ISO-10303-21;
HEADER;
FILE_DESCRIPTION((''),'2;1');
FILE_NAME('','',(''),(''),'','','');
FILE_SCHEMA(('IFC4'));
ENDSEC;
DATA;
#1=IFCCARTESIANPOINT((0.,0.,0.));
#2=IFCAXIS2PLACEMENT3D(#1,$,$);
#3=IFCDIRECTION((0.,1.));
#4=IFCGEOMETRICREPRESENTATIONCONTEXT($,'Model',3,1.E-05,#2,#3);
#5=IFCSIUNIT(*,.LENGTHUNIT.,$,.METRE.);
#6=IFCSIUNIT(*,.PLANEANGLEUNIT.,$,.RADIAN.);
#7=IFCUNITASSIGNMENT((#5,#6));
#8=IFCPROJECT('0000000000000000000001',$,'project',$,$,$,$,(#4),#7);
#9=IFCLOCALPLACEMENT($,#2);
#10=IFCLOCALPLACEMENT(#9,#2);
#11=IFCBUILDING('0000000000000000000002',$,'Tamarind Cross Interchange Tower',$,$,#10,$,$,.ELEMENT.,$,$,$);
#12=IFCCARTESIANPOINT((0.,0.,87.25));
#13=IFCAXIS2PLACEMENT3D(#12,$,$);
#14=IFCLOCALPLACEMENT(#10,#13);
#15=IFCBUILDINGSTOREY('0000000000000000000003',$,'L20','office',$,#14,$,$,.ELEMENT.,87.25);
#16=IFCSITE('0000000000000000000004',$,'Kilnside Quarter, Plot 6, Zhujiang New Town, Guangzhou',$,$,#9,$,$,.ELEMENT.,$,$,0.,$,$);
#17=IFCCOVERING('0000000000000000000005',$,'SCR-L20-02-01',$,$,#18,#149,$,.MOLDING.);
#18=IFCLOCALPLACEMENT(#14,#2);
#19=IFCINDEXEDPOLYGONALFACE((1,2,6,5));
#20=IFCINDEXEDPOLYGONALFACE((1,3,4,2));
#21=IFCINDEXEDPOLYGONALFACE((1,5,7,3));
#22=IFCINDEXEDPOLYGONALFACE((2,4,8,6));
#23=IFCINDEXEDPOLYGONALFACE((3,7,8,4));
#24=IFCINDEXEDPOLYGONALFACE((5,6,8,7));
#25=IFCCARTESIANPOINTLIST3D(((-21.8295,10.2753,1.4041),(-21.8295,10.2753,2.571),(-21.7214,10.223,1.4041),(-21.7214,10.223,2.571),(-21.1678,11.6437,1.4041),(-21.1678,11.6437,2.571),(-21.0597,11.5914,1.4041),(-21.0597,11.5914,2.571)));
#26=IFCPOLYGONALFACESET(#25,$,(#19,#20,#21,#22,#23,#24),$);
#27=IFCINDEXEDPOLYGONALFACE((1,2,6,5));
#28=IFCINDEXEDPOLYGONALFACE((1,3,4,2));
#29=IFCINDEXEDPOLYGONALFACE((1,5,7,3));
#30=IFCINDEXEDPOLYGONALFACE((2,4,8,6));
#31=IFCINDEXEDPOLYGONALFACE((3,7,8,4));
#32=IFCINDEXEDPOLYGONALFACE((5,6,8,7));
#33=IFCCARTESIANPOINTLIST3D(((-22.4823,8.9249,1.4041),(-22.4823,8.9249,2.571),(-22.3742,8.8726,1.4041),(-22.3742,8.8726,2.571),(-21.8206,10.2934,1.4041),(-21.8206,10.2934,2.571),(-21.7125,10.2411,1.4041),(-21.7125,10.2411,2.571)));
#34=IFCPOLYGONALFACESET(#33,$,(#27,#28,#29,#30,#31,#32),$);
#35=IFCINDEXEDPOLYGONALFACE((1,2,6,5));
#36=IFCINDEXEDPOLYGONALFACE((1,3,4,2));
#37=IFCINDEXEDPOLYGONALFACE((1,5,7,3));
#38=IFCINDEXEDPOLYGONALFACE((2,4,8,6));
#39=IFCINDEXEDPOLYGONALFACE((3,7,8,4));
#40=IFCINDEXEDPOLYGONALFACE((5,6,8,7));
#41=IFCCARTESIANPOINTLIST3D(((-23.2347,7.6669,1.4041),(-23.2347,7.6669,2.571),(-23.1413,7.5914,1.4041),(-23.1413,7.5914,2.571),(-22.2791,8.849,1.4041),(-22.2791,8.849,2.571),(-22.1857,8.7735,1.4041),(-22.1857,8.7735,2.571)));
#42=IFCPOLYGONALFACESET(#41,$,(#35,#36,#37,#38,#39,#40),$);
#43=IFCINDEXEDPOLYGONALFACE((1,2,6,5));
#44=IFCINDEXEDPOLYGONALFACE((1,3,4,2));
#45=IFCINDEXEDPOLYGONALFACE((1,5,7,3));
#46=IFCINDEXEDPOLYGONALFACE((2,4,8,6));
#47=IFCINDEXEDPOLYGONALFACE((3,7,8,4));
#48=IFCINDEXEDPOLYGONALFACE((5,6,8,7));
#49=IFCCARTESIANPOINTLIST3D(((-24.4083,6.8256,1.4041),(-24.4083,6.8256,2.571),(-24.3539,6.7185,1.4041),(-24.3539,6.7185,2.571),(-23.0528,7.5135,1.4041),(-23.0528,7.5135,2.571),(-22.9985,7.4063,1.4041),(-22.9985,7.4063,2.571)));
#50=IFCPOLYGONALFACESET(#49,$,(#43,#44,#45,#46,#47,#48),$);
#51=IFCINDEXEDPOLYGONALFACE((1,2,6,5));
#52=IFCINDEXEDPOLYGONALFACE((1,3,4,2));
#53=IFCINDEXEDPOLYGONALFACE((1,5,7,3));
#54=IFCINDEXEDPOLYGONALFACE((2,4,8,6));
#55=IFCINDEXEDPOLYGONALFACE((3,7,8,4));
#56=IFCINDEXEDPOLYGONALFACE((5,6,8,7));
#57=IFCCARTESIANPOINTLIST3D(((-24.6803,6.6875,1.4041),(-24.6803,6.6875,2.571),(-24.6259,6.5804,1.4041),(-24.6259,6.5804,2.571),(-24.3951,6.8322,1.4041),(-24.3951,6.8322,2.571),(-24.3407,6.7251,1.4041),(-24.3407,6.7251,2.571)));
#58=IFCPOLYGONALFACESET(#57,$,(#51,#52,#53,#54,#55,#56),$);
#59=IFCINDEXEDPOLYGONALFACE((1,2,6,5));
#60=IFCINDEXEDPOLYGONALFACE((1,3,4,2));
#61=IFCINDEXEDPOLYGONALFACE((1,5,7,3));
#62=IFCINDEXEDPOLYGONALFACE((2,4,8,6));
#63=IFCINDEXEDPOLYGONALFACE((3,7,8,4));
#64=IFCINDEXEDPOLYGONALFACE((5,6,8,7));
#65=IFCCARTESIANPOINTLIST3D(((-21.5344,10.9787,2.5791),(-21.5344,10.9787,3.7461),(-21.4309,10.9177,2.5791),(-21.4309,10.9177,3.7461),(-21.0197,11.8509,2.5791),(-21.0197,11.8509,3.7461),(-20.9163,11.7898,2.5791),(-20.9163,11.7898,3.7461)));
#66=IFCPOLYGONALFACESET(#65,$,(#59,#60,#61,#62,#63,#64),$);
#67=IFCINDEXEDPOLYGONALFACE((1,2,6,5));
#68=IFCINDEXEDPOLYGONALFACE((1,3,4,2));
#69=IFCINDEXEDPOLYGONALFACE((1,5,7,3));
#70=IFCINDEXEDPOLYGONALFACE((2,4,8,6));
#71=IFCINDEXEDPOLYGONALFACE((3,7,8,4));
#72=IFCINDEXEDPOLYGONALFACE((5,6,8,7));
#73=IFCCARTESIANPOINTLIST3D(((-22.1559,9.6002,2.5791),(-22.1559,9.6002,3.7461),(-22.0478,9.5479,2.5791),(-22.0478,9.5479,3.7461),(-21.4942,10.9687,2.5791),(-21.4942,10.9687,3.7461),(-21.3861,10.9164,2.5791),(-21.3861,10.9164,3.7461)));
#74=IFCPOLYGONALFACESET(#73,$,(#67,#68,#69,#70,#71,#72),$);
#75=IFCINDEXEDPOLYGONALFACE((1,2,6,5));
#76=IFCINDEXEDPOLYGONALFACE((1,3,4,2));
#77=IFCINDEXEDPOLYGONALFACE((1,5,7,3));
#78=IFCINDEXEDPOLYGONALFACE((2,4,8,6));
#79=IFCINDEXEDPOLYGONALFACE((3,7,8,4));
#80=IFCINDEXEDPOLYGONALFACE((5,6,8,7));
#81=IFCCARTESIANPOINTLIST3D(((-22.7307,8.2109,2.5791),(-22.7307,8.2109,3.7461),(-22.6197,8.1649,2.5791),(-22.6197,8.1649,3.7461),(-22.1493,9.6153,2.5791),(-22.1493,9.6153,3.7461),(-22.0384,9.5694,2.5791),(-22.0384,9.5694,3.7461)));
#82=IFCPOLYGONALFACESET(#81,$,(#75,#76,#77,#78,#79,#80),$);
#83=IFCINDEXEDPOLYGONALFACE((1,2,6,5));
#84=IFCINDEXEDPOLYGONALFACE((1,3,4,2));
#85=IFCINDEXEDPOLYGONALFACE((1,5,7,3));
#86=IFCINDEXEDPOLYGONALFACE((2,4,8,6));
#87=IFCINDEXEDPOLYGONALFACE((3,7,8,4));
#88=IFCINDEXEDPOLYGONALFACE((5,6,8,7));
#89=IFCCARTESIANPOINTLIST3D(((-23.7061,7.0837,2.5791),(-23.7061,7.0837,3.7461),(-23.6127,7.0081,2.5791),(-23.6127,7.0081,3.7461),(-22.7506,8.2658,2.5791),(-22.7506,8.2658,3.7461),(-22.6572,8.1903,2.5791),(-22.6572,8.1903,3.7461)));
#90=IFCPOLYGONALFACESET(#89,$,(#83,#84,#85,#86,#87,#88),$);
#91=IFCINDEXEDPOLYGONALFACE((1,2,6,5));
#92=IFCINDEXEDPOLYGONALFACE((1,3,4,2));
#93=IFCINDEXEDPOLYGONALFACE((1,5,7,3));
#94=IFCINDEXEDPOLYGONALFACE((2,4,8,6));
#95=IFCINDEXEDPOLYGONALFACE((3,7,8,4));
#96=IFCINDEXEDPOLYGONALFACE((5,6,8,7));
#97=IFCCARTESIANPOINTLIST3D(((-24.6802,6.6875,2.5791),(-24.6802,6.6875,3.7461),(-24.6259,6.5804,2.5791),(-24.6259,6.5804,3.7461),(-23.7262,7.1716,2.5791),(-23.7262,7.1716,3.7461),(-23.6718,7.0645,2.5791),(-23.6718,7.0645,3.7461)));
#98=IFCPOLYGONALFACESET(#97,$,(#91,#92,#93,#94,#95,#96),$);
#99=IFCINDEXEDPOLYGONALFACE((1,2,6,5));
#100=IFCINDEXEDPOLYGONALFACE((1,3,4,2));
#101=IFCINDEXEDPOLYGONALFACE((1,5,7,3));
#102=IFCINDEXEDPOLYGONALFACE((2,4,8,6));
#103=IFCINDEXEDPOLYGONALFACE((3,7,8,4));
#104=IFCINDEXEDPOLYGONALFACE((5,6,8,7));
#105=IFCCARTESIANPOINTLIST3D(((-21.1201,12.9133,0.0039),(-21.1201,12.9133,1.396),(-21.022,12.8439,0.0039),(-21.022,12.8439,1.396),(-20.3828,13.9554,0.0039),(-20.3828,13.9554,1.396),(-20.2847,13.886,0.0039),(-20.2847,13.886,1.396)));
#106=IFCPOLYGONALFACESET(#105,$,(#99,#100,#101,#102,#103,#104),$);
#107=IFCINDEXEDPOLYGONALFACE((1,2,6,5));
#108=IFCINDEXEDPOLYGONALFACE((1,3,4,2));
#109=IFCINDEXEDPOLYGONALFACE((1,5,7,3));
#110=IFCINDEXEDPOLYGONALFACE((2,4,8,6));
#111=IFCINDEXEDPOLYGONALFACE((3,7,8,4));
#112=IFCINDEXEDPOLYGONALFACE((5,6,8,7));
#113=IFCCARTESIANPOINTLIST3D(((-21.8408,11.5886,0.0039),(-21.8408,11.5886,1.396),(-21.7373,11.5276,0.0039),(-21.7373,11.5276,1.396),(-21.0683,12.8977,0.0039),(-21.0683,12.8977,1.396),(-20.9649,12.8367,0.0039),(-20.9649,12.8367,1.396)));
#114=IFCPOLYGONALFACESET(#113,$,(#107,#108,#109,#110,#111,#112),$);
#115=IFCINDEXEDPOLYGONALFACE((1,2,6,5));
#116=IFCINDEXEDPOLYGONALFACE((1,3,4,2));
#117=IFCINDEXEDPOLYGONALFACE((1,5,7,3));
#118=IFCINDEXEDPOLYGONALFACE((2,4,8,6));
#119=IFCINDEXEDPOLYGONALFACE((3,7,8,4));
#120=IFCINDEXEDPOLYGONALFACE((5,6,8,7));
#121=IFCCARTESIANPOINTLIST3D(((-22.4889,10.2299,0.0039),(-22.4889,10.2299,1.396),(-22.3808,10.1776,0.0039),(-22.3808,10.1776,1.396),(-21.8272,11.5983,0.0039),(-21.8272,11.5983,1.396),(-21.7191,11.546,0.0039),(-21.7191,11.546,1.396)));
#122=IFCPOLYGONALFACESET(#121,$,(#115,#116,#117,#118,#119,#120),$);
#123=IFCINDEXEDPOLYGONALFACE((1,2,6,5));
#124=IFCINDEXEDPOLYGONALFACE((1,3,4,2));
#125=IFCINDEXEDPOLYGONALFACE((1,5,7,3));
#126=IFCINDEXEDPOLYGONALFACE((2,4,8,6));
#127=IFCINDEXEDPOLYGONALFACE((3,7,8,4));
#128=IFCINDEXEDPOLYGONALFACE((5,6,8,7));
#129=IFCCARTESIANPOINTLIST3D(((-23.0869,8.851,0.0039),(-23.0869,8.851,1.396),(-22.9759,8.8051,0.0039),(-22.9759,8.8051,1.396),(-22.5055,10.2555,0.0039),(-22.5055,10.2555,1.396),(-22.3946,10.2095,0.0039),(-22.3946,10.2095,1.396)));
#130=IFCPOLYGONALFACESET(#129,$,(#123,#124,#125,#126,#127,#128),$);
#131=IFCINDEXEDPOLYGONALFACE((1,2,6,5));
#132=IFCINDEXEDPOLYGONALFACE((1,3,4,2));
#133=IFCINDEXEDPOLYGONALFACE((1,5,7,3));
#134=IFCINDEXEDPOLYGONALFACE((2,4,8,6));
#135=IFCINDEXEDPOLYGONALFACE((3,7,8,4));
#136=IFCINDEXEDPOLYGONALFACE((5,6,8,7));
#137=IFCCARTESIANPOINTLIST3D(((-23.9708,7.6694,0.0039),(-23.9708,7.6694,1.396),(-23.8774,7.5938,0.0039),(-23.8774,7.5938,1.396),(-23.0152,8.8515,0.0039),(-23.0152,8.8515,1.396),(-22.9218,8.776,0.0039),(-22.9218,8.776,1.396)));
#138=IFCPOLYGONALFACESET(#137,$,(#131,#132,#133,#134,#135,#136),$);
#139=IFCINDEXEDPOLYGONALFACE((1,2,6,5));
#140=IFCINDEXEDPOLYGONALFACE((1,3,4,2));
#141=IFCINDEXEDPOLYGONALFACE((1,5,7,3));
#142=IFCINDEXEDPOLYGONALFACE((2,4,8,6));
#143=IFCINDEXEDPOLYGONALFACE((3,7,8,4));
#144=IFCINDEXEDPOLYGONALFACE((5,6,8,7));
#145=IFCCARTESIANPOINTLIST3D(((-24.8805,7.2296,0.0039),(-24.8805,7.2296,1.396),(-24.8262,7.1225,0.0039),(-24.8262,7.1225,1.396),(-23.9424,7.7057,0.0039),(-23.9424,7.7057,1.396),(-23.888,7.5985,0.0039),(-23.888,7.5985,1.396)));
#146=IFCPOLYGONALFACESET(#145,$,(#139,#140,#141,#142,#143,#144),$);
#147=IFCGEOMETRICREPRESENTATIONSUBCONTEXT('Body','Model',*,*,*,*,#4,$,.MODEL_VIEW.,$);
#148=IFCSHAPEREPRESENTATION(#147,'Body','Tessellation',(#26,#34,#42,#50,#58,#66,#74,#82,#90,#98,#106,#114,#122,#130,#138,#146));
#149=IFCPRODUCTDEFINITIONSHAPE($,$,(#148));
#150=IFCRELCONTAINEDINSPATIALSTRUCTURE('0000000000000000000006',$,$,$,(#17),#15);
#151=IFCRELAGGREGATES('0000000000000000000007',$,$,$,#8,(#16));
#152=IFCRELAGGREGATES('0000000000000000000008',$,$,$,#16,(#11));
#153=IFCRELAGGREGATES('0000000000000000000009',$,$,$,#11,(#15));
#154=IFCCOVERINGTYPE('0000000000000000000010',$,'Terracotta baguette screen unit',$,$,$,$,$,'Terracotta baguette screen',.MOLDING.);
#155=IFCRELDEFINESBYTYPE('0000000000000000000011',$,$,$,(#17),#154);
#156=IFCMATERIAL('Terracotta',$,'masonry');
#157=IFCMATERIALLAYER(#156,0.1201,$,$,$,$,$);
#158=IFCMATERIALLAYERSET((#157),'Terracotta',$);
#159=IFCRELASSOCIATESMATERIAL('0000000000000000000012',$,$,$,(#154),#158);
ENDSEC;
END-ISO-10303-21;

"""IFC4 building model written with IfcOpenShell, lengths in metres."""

from ifc_helpers import new_model, si_unit, direction, frame, origin, origin_2d, place, context, subcontext, project, spatial, rectangle, extrude, material, layer, layer_set, type_object, element, save


model = new_model("IFC4")

# Units and contexts
model_context = context("Model", 3, precision=1e-05, world=origin(), true_north=direction((0.0, 1.0)))
body_context = subcontext(model_context, "Body", "Model", "MODEL_VIEW")
ifc_project = project(units=[si_unit("LENGTHUNIT", "METRE"), si_unit("PLANEANGLEUNIT", "RADIAN")], contexts=[model_context])

# Site, building, storey
site_placement = place(None, origin())
site = spatial("IfcSite", under=ifc_project, at=site_placement, Name="Kilnside Quarter, Plot 6, Zhujiang New Town, Guangzhou", CompositionType="ELEMENT", RefElevation=0.0)
building_placement = place(site_placement, origin())
building = spatial("IfcBuilding", under=site, at=building_placement, Name="Tamarind Cross Interchange Tower", CompositionType="ELEMENT")
storey_placement = place(building_placement, frame((0.0, 0.0, 87.25)))
storey = spatial("IfcBuildingStorey", under=building, at=storey_placement, Name="L20", Description="office", CompositionType="ELEMENT", Elevation=87.25)

# Covering
ifc_material_1 = material(Name="Terracotta", Category="masonry")
ifc_layer_1 = layer(ifc_material_1, 0.1201)
ifc_layer_set_1 = layer_set([ifc_layer_1], Name="Terracotta")
covering_type = type_object("IfcCoveringType", Name="Terracotta baguette screen unit", ElementType="Terracotta baguette screen", PredefinedType="MOLDING", material=ifc_layer_set_1)
covering_1_placement = place(storey_placement, origin())
element("IfcCovering", 1, at=covering_1_placement, inside=storey, type_object=covering_type, Name="SCR-L20-02-01", PredefinedType="MOLDING", context=body_context, shape_type="SweptSolid", body=[
    extrude(rectangle(XDim=1.52, YDim=0.1201, at=origin_2d()), frame((-21.4446, 10.9333, 1.4041), z_axis=(0.0, 0.0, 1.0), x_axis=(-0.435326, -0.900273, 0.0)), (0.0, 0.0, 1.0), 1.167),
    extrude(rectangle(XDim=1.52, YDim=0.1201, at=origin_2d()), frame((-22.0974, 9.583, 1.4041), z_axis=(0.0, 0.0, 1.0), x_axis=(-0.435326, -0.900273, 0.0)), (0.0, 0.0, 1.0), 1.167),
    extrude(rectangle(XDim=1.52, YDim=0.1201, at=origin_2d()), frame((-22.7102, 8.2202, 1.4041), z_axis=(0.0, 0.0, 1.0), x_axis=(-0.628637, -0.777699, 0.0)), (0.0, 0.0, 1.0), 1.167),
    extrude(rectangle(XDim=1.52, YDim=0.1201, at=origin_2d()), frame((-23.7034, 7.116, 1.4041), z_axis=(0.0, 0.0, 1.0), x_axis=(-0.891746, -0.452536, 0.0)), (0.0, 0.0, 1.0), 1.167),
    extrude(rectangle(XDim=0.3198, YDim=0.1201, at=origin_2d()), frame((-24.5105, 6.7063, 1.4041), z_axis=(0.0, 0.0, 1.0), x_axis=(-0.891746, -0.452536, 0.0)), (0.0, 0.0, 1.0), 1.167),
    extrude(rectangle(XDim=1.0127, YDim=0.1201, at=origin_2d()), frame((-21.2253, 11.3843, 2.5791), z_axis=(0.0, 0.0, 1.0), x_axis=(-0.508183, -0.861249, 0.0)), (0.0, 0.0, 1.0), 1.167),
    extrude(rectangle(XDim=1.52, YDim=0.1201, at=origin_2d()), frame((-21.771, 10.2583, 2.5791), z_axis=(0.0, 0.0, 1.0), x_axis=(-0.435326, -0.900273, 0.0)), (0.0, 0.0, 1.0), 1.167),
    extrude(rectangle(XDim=1.52, YDim=0.1201, at=origin_2d()), frame((-22.3845, 8.8901, 2.5791), z_axis=(0.0, 0.0, 1.0), x_axis=(-0.382467, -0.923969, 0.0)), (0.0, 0.0, 1.0), 1.167),
    extrude(rectangle(XDim=1.52, YDim=0.1201, at=origin_2d()), frame((-23.1816, 7.637, 2.5791), z_axis=(0.0, 0.0, 1.0), x_axis=(-0.628637, -0.777699, 0.0)), (0.0, 0.0, 1.0), 1.167),
    extrude(rectangle(XDim=1.0698, YDim=0.1201, at=origin_2d()), frame((-24.176, 6.876, 2.5791), z_axis=(0.0, 0.0, 1.0), x_axis=(-0.891746, -0.452536, 0.0)), (0.0, 0.0, 1.0), 1.167),
    extrude(rectangle(XDim=1.2766, YDim=0.1201, at=origin_2d()), frame((-20.7024, 13.3997, 0.0039), z_axis=(0.0, 0.0, 1.0), x_axis=(-0.577569, -0.816342, 0.0)), (0.0, 0.0, 1.0), 1.3921),
    extrude(rectangle(XDim=1.52, YDim=0.1201, at=origin_2d()), frame((-21.4028, 12.2126, 0.0039), z_axis=(0.0, 0.0, 1.0), x_axis=(-0.508183, -0.861249, 0.0)), (0.0, 0.0, 1.0), 1.3921),
    extrude(rectangle(XDim=1.52, YDim=0.1201, at=origin_2d()), frame((-22.104, 10.8879, 0.0039), z_axis=(0.0, 0.0, 1.0), x_axis=(-0.435326, -0.900273, 0.0)), (0.0, 0.0, 1.0), 1.3921),
    extrude(rectangle(XDim=1.52, YDim=0.1201, at=origin_2d()), frame((-22.7407, 9.5303, 0.0039), z_axis=(0.0, 0.0, 1.0), x_axis=(-0.382467, -0.923969, 0.0)), (0.0, 0.0, 1.0), 1.3921),
    extrude(rectangle(XDim=1.52, YDim=0.1201, at=origin_2d()), frame((-23.4463, 8.2227, 0.0039), z_axis=(0.0, 0.0, 1.0), x_axis=(-0.628637, -0.777699, 0.0)), (0.0, 0.0, 1.0), 1.3921),
    extrude(rectangle(XDim=1.052, YDim=0.1201, at=origin_2d()), frame((-24.3843, 7.4141, 0.0039), z_axis=(0.0, 0.0, 1.0), x_axis=(-0.891746, -0.452536, 0.0)), (0.0, 0.0, 1.0), 1.3921),
])

save(model, "model.ifc")
